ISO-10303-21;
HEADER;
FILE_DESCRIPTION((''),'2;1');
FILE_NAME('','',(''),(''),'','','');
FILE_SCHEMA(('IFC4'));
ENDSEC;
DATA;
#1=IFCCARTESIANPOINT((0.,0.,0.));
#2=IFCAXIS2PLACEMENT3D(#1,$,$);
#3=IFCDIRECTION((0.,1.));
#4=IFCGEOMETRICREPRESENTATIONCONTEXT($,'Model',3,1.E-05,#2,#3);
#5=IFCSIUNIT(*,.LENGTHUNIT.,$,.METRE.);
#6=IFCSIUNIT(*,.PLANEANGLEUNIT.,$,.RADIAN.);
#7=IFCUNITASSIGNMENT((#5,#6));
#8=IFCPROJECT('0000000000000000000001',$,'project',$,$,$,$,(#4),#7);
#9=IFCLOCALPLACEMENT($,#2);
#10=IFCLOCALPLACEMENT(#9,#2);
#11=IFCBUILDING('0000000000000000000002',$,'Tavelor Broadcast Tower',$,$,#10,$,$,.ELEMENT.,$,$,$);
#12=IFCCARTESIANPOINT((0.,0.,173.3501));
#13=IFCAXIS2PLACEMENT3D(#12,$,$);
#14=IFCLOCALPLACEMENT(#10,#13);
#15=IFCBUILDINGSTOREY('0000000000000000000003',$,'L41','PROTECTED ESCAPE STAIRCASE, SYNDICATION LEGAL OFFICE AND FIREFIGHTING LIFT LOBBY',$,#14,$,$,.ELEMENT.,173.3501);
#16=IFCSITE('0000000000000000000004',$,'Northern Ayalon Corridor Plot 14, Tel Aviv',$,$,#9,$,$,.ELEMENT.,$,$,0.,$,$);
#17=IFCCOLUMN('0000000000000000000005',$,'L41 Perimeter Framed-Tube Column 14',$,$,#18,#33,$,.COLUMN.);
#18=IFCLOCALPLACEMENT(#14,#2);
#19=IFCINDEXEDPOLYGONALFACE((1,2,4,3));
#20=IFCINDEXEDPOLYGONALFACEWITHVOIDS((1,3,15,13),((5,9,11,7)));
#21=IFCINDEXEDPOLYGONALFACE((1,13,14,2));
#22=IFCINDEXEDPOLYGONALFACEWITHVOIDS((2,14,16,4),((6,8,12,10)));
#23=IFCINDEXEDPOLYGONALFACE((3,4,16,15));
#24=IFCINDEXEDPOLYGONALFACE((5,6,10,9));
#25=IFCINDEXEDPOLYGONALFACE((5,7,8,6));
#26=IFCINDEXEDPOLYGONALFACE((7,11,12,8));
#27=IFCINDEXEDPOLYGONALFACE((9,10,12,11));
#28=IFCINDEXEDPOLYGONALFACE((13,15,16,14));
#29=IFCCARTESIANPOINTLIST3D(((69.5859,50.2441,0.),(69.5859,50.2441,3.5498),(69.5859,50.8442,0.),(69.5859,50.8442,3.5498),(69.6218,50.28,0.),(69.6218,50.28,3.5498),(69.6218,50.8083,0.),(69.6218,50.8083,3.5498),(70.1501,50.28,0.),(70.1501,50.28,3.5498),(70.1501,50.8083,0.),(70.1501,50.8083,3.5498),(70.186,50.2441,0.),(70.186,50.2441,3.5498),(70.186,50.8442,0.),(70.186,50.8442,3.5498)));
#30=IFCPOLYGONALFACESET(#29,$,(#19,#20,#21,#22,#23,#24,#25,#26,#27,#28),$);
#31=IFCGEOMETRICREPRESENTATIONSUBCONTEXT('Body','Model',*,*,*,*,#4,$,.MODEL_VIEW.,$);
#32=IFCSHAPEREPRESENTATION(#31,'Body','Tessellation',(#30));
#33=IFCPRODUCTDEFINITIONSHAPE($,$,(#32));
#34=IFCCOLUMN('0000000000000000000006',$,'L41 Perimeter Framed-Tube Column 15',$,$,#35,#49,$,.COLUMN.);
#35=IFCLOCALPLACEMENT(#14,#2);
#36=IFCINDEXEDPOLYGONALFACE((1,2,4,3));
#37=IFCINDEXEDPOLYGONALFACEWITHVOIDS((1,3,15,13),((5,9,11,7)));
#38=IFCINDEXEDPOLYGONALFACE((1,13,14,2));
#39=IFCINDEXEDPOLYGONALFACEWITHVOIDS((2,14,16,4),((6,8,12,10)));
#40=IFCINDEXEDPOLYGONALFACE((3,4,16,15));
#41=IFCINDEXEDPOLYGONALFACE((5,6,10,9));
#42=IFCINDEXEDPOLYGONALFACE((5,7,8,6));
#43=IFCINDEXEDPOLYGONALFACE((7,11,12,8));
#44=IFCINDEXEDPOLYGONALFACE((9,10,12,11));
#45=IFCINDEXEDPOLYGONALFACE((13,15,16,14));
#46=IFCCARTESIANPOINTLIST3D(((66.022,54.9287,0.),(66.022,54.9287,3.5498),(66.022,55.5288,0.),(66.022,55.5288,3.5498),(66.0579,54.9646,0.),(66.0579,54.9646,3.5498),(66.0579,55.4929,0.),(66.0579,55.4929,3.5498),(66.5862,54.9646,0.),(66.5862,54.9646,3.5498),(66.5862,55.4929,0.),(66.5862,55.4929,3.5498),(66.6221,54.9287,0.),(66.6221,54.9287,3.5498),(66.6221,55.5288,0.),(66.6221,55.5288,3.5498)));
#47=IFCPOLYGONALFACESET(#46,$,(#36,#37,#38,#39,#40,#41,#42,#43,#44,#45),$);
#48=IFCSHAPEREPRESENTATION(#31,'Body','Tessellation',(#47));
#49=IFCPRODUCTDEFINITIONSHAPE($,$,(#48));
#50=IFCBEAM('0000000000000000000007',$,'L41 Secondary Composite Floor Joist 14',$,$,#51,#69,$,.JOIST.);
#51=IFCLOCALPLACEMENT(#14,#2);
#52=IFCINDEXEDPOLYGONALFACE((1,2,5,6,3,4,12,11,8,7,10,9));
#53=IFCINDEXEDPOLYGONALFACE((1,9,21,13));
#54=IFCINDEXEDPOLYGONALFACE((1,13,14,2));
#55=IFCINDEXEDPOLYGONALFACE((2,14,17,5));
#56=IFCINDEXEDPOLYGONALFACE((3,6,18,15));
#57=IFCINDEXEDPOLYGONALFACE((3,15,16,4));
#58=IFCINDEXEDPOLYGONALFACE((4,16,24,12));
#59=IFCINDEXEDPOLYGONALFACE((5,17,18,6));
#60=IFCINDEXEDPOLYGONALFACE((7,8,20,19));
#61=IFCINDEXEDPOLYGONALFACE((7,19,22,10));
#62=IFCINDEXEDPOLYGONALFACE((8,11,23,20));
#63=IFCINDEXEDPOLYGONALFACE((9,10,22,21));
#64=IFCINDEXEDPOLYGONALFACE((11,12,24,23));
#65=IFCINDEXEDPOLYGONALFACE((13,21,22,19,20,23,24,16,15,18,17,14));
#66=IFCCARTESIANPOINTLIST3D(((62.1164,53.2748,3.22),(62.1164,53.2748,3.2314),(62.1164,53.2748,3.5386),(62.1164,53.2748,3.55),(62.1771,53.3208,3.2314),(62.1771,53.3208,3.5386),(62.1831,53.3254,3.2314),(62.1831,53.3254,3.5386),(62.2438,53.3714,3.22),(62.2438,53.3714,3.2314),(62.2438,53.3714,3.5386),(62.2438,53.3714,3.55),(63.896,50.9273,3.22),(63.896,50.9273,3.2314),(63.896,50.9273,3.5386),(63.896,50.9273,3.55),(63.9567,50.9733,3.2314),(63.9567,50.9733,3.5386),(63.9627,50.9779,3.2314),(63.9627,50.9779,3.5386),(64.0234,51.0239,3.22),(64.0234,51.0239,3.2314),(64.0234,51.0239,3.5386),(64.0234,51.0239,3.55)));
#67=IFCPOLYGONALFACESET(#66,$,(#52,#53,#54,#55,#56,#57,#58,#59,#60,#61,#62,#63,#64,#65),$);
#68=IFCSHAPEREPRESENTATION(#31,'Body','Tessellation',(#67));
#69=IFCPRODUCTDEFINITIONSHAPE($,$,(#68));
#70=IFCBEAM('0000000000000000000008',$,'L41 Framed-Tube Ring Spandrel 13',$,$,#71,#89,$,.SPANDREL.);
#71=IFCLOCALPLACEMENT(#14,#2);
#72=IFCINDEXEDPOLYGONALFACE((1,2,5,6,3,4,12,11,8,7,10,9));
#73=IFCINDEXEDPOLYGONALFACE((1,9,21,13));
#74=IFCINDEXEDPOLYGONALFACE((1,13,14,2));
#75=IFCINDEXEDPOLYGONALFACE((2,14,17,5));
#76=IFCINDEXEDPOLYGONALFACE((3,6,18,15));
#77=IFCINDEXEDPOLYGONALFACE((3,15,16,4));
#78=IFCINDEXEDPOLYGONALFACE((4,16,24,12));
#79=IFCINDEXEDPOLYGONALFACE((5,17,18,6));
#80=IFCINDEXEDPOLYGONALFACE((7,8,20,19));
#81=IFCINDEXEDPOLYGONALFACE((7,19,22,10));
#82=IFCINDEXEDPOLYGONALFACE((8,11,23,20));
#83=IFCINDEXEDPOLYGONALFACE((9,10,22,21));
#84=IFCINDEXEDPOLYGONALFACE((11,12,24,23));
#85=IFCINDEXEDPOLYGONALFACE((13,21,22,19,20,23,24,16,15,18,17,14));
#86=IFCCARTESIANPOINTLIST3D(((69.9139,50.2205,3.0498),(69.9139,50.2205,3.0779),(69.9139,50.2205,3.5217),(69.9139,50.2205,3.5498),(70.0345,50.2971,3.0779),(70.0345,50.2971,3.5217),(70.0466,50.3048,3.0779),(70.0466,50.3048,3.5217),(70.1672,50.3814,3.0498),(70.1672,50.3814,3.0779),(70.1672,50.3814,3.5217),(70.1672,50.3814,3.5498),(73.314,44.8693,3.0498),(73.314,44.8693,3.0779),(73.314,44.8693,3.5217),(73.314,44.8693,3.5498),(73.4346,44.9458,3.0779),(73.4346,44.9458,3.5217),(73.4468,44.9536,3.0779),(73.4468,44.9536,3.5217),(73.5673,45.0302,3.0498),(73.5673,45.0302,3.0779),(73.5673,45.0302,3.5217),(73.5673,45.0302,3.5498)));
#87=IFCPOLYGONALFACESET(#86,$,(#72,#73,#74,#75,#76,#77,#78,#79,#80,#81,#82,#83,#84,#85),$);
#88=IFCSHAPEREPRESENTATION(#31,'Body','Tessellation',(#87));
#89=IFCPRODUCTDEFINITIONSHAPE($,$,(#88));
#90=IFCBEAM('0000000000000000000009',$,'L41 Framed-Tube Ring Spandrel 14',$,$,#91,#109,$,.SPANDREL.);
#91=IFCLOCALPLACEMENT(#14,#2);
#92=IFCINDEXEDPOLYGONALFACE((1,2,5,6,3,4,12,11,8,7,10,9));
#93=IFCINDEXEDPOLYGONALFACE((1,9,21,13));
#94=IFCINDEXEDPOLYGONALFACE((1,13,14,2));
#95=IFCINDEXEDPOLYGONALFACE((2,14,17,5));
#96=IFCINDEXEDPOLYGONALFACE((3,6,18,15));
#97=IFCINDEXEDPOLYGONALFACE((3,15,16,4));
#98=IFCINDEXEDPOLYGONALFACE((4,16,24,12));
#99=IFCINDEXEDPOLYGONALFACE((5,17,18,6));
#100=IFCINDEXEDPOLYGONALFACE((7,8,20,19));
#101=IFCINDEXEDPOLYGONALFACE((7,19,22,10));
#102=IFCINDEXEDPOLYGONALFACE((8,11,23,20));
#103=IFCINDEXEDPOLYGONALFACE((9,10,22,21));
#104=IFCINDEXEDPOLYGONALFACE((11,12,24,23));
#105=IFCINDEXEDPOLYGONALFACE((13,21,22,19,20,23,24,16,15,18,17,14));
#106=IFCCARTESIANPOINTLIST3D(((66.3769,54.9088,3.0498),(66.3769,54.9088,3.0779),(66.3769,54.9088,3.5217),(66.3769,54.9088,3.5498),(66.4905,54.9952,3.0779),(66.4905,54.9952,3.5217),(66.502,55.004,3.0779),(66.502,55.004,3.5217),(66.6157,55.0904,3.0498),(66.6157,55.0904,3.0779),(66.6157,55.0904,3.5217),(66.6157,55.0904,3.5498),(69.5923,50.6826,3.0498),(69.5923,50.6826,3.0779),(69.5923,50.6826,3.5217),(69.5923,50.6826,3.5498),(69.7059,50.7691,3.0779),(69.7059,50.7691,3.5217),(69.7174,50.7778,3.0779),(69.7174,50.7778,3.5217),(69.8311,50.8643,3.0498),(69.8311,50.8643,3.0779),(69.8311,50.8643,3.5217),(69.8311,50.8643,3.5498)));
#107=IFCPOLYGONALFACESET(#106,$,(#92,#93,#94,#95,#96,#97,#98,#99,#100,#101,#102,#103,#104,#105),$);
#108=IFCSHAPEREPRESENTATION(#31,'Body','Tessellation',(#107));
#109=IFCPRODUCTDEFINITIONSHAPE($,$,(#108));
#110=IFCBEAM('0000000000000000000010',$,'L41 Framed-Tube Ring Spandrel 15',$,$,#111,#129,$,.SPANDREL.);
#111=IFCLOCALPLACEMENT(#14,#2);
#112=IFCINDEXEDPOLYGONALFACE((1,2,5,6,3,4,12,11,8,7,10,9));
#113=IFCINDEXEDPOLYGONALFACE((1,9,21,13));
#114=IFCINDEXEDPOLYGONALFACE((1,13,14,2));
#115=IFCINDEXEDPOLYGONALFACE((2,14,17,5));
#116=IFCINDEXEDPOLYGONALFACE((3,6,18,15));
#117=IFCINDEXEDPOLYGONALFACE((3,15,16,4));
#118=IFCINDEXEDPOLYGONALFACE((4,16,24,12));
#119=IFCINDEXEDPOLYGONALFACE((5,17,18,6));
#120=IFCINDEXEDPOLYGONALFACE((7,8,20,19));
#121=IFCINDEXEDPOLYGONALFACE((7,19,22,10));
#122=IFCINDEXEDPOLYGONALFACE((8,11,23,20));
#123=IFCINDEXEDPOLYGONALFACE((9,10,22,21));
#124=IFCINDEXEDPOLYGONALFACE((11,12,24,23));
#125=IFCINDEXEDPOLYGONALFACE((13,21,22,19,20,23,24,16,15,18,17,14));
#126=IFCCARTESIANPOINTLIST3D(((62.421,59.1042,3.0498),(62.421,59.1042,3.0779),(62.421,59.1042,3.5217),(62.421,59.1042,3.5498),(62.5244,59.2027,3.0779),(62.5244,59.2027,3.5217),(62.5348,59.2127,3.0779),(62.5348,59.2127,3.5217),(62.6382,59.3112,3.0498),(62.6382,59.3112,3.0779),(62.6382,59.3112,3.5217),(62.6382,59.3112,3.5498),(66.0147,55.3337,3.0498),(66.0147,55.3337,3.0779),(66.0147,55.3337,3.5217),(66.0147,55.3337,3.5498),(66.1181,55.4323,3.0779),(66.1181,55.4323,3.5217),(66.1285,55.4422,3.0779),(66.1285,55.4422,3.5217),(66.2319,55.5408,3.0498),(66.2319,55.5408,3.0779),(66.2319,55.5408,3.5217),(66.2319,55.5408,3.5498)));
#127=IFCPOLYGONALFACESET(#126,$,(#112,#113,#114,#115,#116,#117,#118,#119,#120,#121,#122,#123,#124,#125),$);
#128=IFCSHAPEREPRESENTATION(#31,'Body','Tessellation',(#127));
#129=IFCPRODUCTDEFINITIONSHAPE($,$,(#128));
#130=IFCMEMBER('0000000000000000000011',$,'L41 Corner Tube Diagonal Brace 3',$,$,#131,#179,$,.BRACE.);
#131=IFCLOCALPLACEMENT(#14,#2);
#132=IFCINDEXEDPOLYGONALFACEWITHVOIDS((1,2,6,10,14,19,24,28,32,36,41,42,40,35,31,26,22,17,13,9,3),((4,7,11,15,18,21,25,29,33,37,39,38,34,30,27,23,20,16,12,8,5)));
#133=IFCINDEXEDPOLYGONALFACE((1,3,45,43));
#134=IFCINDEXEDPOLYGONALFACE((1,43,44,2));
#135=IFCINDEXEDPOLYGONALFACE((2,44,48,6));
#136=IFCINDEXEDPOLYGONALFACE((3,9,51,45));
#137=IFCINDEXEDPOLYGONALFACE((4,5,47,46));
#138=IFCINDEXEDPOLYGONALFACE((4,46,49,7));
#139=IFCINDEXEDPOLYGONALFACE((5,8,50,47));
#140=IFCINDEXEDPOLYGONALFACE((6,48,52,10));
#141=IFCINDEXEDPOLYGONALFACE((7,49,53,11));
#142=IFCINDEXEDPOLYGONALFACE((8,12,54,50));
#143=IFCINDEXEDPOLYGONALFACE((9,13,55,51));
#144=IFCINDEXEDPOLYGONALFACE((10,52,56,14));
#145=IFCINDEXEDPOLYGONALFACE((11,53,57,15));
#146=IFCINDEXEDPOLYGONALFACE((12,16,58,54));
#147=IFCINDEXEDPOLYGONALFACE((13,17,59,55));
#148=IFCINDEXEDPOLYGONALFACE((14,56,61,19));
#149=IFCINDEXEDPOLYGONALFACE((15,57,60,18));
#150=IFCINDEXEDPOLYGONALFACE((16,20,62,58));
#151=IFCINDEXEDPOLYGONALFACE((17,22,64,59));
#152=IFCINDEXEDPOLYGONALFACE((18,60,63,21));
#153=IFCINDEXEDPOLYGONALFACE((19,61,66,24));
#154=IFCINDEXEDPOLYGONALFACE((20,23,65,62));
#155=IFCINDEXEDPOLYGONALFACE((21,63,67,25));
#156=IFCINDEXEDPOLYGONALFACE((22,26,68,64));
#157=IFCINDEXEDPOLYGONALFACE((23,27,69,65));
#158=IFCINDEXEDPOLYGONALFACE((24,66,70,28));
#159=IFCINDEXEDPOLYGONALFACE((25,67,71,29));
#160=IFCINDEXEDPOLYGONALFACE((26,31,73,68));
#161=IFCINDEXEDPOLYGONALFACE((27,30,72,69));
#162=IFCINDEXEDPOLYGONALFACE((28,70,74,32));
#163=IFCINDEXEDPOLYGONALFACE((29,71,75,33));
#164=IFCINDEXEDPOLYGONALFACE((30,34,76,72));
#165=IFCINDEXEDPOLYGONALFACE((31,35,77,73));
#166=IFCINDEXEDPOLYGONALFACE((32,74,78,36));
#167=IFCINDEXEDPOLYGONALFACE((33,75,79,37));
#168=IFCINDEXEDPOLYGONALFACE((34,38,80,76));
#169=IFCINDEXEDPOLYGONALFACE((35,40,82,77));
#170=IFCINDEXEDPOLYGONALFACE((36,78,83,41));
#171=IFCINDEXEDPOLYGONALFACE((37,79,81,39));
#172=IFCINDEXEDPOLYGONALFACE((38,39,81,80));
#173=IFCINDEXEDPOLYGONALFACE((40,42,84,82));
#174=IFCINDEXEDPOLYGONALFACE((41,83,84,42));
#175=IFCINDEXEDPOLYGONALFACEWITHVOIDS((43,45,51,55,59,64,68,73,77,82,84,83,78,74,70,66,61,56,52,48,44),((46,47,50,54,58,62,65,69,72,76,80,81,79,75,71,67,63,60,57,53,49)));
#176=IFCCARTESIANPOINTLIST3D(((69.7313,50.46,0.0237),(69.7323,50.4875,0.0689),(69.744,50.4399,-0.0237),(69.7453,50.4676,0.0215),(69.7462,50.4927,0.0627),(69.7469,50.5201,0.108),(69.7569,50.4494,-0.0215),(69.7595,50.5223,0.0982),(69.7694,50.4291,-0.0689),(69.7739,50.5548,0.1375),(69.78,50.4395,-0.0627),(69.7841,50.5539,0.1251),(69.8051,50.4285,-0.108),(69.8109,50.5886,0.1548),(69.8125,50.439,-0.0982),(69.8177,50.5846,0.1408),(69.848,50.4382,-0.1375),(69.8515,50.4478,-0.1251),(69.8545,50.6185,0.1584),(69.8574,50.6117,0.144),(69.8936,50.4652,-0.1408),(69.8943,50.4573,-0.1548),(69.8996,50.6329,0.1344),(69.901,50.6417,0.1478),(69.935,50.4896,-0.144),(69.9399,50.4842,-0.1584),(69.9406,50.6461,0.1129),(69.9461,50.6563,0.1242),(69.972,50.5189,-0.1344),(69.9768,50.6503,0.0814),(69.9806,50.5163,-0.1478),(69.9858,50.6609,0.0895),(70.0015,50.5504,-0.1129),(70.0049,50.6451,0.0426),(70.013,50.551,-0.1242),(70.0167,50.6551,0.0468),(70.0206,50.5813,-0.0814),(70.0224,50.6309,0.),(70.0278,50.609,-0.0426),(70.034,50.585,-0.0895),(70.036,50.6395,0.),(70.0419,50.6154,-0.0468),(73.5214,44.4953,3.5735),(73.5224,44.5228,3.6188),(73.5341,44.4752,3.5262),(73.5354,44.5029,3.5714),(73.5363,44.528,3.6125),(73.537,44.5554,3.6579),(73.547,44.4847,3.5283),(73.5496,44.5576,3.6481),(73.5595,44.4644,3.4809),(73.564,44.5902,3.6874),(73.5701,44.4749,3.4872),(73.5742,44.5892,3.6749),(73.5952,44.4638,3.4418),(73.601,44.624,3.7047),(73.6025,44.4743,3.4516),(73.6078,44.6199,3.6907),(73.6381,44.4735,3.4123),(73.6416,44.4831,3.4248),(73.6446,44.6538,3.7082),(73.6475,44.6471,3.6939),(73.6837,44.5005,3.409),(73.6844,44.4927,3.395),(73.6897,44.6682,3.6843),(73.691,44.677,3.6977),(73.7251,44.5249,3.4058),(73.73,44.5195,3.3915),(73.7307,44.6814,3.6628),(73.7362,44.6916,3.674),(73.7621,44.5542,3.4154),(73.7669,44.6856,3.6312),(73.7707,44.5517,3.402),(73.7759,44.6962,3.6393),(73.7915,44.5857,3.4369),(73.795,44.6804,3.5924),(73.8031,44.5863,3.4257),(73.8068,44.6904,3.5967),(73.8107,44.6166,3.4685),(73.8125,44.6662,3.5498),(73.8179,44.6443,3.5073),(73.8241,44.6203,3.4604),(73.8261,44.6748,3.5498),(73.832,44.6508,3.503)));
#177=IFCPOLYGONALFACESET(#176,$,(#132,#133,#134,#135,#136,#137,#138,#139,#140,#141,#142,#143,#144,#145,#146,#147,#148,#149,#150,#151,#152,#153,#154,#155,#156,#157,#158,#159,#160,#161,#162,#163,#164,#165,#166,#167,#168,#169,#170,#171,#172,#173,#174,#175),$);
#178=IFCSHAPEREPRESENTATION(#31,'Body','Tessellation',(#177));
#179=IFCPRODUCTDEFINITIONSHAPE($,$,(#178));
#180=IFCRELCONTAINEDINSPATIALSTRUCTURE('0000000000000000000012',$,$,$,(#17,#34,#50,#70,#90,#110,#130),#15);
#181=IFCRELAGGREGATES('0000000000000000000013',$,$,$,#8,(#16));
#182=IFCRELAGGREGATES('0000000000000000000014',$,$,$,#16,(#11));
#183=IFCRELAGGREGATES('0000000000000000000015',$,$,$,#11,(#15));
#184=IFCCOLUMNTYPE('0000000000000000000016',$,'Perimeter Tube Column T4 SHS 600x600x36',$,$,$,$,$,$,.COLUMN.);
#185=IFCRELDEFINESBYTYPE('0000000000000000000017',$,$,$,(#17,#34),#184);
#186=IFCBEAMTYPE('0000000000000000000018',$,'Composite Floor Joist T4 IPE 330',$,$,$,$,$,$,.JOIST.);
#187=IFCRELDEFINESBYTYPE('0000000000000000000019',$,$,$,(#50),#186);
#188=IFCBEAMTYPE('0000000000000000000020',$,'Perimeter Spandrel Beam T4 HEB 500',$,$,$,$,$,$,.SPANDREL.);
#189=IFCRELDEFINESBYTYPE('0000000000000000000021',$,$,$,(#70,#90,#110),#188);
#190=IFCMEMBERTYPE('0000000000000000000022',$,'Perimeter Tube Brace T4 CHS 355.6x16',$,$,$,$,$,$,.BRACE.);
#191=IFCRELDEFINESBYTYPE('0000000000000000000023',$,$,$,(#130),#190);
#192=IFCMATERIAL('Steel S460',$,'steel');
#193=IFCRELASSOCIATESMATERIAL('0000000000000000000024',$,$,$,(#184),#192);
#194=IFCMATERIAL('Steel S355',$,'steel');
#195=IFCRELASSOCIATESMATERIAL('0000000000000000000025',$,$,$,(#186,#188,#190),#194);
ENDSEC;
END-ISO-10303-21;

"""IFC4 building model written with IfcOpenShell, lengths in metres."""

from ifc_helpers import new_model, si_unit, direction, frame, origin, origin_2d, place, context, subcontext, project, spatial, hollow_rectangle, hollow_circle, i_section, extrude, material, material_profile, profile_set, type_object, element, save


model = new_model("IFC4")

# Units and contexts
model_context = context("Model", 3, precision=1e-05, world=origin(), true_north=direction((0.0, 1.0)))
body_context = subcontext(model_context, "Body", "Model", "MODEL_VIEW")
ifc_project = project(units=[si_unit("LENGTHUNIT", "METRE"), si_unit("PLANEANGLEUNIT", "RADIAN")], contexts=[model_context])

# Site, building, storey
site_placement = place(None, origin())
site = spatial("IfcSite", under=ifc_project, at=site_placement, Name="Northern Ayalon Corridor Plot 14, Tel Aviv", CompositionType="ELEMENT", RefElevation=0.0)
building_placement = place(site_placement, origin())
building = spatial("IfcBuilding", under=site, at=building_placement, Name="Tavelor Broadcast Tower", CompositionType="ELEMENT")
storey_placement = place(building_placement, frame((0.0, 0.0, 173.3501)))
storey = spatial("IfcBuildingStorey", under=building, at=storey_placement, Name="L41", Description="PROTECTED ESCAPE STAIRCASE, SYNDICATION LEGAL OFFICE AND FIREFIGHTING LIFT LOBBY", CompositionType="ELEMENT", Elevation=173.3501)

# Columns
ifc_material_1 = material(Name="Steel S460", Category="steel")
ifc_material_profile_1 = material_profile(ifc_material_1, hollow_rectangle(XDim=0.6001, YDim=0.6001, WallThickness=0.0359, at=origin_2d()), Name="SHS 600x600x36")
ifc_profile_set_1 = profile_set([ifc_material_profile_1], Name="Steel S460")
column_type = type_object("IfcColumnType", Name="Perimeter Tube Column T4 SHS 600x600x36", PredefinedType="COLUMN", material=ifc_profile_set_1)
for number, where, z_axis, x_axis, name in (
    (1, (69.886, 50.5442, 0.0), (0.0, 0.0, 1.0), (1.0, 0.0, 0.0), "L41 Perimeter Framed-Tube Column 14"),
    (2, (66.322, 55.2288, 0.0), (0.0, 0.0, 1.0), (1.0, 0.0, 0.0), "L41 Perimeter Framed-Tube Column 15"),
):
    element("IfcColumn", number, at=place(storey_placement, frame(where, z_axis=z_axis, x_axis=x_axis)), inside=storey, type_object=column_type, Name=name, PredefinedType="COLUMN", context=body_context, shape_type="SweptSolid", body=[
        extrude(hollow_rectangle(XDim=0.6001, YDim=0.6001, WallThickness=0.0359, at=origin_2d()), origin(), (0.0, 0.0, 1.0), 3.5498),
    ])

# Beams
ifc_material_2 = material(Name="Steel S355", Category="steel")
ifc_material_profile_2 = material_profile(ifc_material_2, i_section(OverallWidth=0.1599, OverallDepth=0.3301, WebThickness=0.0076, FlangeThickness=0.0115, at=origin_2d()), Name="IPE 330")
ifc_profile_set_2 = profile_set([ifc_material_profile_2], Name="Steel S355")
beam_type_1 = type_object("IfcBeamType", Name="Composite Floor Joist T4 IPE 330", PredefinedType="JOIST", material=ifc_profile_set_2)
beam_1_placement = place(storey_placement, frame((63.9597, 50.9756, 3.385), z_axis=(-0.604116, 0.796896, 0.0), x_axis=(-0.796896, -0.604116, 0.0)))
element("IfcBeam", 3, at=beam_1_placement, inside=storey, type_object=beam_type_1, Name="L41 Secondary Composite Floor Joist 14", PredefinedType="JOIST", context=body_context, shape_type="SweptSolid", body=[
    extrude(i_section(OverallWidth=0.1599, OverallDepth=0.3301, WebThickness=0.0076, FlangeThickness=0.0115, at=origin_2d()), origin(), (0.0, 0.0, 1.0), 2.9458),
])
ifc_material_profile_3 = material_profile(ifc_material_2, i_section(OverallWidth=0.3, OverallDepth=0.5, WebThickness=0.0144, FlangeThickness=0.0281, at=origin_2d()), Name="HEB 500")
ifc_profile_set_3 = profile_set([ifc_material_profile_3], Name="Steel S355")
beam_type_2 = type_object("IfcBeamType", Name="Perimeter Spandrel Beam T4 HEB 500", PredefinedType="SPANDREL", material=ifc_profile_set_3)
beam_2_placement = place(storey_placement, frame((73.4407, 44.9497, 3.2998), z_axis=(-0.536287, 0.844035, 0.0), x_axis=(-0.844035, -0.536287, 0.0)))
element("IfcBeam", 4, at=beam_2_placement, inside=storey, type_object=beam_type_2, Name="L41 Framed-Tube Ring Spandrel 13", PredefinedType="SPANDREL", context=body_context, shape_type="SweptSolid", body=[
    extrude(i_section(OverallWidth=0.3, OverallDepth=0.5, WebThickness=0.0144, FlangeThickness=0.0281, at=origin_2d()), origin(), (0.0, 0.0, 1.0), 6.3401),
])
beam_3_placement = place(storey_placement, frame((69.7117, 50.7734, 3.2998), z_axis=(-0.605503, 0.795843, 0.0), x_axis=(-0.795843, -0.605503, 0.0)))
element("IfcBeam", 5, at=beam_3_placement, inside=storey, type_object=beam_type_2, Name="L41 Framed-Tube Ring Spandrel 14", PredefinedType="SPANDREL", context=body_context, shape_type="SweptSolid", body=[
    extrude(i_section(OverallWidth=0.3, OverallDepth=0.5, WebThickness=0.0144, FlangeThickness=0.0281, at=origin_2d()), origin(), (0.0, 0.0, 1.0), 5.3103),
])
beam_4_placement = place(storey_placement, frame((66.1233, 55.4373, 3.2998), z_axis=(-0.689936, 0.72387, 0.0), x_axis=(-0.72387, -0.689936, 0.0)))
element("IfcBeam", 6, at=beam_4_placement, inside=storey, type_object=beam_type_2, Name="L41 Framed-Tube Ring Spandrel 15", PredefinedType="SPANDREL", context=body_context, shape_type="SweptSolid", body=[
    extrude(i_section(OverallWidth=0.3, OverallDepth=0.5, WebThickness=0.0144, FlangeThickness=0.0281, at=origin_2d()), origin(), (0.0, 0.0, 1.0), 5.2087),
])

# Member
ifc_material_profile_4 = material_profile(ifc_material_2, hollow_circle(Radius=0.1777, WallThickness=0.0161, at=origin_2d()), Name="CHS 355.6x16")
ifc_profile_set_4 = profile_set([ifc_material_profile_4], Name="Steel S355")
member_type_1 = type_object("IfcMemberType", Name="Perimeter Tube Brace T4 CHS 355.6x16", PredefinedType="BRACE", material=ifc_profile_set_4)
member_1_placement = place(storey_placement, frame((69.886, 50.5442, 0.0), z_axis=(0.479245, -0.754216, 0.448868), x_axis=(0.844021, 0.53631, 0.0)))
element("IfcMember", 7, at=member_1_placement, inside=storey, type_object=member_type_1, Name="L41 Corner Tube Diagonal Brace 3", PredefinedType="BRACE", context=body_context, shape_type="SweptSolid", body=[
    extrude(hollow_circle(Radius=0.1777, WallThickness=0.0161, at=origin_2d()), origin(), (0.0, 0.0, 1.0), 7.9084),
])

save(model, "model.ifc")
